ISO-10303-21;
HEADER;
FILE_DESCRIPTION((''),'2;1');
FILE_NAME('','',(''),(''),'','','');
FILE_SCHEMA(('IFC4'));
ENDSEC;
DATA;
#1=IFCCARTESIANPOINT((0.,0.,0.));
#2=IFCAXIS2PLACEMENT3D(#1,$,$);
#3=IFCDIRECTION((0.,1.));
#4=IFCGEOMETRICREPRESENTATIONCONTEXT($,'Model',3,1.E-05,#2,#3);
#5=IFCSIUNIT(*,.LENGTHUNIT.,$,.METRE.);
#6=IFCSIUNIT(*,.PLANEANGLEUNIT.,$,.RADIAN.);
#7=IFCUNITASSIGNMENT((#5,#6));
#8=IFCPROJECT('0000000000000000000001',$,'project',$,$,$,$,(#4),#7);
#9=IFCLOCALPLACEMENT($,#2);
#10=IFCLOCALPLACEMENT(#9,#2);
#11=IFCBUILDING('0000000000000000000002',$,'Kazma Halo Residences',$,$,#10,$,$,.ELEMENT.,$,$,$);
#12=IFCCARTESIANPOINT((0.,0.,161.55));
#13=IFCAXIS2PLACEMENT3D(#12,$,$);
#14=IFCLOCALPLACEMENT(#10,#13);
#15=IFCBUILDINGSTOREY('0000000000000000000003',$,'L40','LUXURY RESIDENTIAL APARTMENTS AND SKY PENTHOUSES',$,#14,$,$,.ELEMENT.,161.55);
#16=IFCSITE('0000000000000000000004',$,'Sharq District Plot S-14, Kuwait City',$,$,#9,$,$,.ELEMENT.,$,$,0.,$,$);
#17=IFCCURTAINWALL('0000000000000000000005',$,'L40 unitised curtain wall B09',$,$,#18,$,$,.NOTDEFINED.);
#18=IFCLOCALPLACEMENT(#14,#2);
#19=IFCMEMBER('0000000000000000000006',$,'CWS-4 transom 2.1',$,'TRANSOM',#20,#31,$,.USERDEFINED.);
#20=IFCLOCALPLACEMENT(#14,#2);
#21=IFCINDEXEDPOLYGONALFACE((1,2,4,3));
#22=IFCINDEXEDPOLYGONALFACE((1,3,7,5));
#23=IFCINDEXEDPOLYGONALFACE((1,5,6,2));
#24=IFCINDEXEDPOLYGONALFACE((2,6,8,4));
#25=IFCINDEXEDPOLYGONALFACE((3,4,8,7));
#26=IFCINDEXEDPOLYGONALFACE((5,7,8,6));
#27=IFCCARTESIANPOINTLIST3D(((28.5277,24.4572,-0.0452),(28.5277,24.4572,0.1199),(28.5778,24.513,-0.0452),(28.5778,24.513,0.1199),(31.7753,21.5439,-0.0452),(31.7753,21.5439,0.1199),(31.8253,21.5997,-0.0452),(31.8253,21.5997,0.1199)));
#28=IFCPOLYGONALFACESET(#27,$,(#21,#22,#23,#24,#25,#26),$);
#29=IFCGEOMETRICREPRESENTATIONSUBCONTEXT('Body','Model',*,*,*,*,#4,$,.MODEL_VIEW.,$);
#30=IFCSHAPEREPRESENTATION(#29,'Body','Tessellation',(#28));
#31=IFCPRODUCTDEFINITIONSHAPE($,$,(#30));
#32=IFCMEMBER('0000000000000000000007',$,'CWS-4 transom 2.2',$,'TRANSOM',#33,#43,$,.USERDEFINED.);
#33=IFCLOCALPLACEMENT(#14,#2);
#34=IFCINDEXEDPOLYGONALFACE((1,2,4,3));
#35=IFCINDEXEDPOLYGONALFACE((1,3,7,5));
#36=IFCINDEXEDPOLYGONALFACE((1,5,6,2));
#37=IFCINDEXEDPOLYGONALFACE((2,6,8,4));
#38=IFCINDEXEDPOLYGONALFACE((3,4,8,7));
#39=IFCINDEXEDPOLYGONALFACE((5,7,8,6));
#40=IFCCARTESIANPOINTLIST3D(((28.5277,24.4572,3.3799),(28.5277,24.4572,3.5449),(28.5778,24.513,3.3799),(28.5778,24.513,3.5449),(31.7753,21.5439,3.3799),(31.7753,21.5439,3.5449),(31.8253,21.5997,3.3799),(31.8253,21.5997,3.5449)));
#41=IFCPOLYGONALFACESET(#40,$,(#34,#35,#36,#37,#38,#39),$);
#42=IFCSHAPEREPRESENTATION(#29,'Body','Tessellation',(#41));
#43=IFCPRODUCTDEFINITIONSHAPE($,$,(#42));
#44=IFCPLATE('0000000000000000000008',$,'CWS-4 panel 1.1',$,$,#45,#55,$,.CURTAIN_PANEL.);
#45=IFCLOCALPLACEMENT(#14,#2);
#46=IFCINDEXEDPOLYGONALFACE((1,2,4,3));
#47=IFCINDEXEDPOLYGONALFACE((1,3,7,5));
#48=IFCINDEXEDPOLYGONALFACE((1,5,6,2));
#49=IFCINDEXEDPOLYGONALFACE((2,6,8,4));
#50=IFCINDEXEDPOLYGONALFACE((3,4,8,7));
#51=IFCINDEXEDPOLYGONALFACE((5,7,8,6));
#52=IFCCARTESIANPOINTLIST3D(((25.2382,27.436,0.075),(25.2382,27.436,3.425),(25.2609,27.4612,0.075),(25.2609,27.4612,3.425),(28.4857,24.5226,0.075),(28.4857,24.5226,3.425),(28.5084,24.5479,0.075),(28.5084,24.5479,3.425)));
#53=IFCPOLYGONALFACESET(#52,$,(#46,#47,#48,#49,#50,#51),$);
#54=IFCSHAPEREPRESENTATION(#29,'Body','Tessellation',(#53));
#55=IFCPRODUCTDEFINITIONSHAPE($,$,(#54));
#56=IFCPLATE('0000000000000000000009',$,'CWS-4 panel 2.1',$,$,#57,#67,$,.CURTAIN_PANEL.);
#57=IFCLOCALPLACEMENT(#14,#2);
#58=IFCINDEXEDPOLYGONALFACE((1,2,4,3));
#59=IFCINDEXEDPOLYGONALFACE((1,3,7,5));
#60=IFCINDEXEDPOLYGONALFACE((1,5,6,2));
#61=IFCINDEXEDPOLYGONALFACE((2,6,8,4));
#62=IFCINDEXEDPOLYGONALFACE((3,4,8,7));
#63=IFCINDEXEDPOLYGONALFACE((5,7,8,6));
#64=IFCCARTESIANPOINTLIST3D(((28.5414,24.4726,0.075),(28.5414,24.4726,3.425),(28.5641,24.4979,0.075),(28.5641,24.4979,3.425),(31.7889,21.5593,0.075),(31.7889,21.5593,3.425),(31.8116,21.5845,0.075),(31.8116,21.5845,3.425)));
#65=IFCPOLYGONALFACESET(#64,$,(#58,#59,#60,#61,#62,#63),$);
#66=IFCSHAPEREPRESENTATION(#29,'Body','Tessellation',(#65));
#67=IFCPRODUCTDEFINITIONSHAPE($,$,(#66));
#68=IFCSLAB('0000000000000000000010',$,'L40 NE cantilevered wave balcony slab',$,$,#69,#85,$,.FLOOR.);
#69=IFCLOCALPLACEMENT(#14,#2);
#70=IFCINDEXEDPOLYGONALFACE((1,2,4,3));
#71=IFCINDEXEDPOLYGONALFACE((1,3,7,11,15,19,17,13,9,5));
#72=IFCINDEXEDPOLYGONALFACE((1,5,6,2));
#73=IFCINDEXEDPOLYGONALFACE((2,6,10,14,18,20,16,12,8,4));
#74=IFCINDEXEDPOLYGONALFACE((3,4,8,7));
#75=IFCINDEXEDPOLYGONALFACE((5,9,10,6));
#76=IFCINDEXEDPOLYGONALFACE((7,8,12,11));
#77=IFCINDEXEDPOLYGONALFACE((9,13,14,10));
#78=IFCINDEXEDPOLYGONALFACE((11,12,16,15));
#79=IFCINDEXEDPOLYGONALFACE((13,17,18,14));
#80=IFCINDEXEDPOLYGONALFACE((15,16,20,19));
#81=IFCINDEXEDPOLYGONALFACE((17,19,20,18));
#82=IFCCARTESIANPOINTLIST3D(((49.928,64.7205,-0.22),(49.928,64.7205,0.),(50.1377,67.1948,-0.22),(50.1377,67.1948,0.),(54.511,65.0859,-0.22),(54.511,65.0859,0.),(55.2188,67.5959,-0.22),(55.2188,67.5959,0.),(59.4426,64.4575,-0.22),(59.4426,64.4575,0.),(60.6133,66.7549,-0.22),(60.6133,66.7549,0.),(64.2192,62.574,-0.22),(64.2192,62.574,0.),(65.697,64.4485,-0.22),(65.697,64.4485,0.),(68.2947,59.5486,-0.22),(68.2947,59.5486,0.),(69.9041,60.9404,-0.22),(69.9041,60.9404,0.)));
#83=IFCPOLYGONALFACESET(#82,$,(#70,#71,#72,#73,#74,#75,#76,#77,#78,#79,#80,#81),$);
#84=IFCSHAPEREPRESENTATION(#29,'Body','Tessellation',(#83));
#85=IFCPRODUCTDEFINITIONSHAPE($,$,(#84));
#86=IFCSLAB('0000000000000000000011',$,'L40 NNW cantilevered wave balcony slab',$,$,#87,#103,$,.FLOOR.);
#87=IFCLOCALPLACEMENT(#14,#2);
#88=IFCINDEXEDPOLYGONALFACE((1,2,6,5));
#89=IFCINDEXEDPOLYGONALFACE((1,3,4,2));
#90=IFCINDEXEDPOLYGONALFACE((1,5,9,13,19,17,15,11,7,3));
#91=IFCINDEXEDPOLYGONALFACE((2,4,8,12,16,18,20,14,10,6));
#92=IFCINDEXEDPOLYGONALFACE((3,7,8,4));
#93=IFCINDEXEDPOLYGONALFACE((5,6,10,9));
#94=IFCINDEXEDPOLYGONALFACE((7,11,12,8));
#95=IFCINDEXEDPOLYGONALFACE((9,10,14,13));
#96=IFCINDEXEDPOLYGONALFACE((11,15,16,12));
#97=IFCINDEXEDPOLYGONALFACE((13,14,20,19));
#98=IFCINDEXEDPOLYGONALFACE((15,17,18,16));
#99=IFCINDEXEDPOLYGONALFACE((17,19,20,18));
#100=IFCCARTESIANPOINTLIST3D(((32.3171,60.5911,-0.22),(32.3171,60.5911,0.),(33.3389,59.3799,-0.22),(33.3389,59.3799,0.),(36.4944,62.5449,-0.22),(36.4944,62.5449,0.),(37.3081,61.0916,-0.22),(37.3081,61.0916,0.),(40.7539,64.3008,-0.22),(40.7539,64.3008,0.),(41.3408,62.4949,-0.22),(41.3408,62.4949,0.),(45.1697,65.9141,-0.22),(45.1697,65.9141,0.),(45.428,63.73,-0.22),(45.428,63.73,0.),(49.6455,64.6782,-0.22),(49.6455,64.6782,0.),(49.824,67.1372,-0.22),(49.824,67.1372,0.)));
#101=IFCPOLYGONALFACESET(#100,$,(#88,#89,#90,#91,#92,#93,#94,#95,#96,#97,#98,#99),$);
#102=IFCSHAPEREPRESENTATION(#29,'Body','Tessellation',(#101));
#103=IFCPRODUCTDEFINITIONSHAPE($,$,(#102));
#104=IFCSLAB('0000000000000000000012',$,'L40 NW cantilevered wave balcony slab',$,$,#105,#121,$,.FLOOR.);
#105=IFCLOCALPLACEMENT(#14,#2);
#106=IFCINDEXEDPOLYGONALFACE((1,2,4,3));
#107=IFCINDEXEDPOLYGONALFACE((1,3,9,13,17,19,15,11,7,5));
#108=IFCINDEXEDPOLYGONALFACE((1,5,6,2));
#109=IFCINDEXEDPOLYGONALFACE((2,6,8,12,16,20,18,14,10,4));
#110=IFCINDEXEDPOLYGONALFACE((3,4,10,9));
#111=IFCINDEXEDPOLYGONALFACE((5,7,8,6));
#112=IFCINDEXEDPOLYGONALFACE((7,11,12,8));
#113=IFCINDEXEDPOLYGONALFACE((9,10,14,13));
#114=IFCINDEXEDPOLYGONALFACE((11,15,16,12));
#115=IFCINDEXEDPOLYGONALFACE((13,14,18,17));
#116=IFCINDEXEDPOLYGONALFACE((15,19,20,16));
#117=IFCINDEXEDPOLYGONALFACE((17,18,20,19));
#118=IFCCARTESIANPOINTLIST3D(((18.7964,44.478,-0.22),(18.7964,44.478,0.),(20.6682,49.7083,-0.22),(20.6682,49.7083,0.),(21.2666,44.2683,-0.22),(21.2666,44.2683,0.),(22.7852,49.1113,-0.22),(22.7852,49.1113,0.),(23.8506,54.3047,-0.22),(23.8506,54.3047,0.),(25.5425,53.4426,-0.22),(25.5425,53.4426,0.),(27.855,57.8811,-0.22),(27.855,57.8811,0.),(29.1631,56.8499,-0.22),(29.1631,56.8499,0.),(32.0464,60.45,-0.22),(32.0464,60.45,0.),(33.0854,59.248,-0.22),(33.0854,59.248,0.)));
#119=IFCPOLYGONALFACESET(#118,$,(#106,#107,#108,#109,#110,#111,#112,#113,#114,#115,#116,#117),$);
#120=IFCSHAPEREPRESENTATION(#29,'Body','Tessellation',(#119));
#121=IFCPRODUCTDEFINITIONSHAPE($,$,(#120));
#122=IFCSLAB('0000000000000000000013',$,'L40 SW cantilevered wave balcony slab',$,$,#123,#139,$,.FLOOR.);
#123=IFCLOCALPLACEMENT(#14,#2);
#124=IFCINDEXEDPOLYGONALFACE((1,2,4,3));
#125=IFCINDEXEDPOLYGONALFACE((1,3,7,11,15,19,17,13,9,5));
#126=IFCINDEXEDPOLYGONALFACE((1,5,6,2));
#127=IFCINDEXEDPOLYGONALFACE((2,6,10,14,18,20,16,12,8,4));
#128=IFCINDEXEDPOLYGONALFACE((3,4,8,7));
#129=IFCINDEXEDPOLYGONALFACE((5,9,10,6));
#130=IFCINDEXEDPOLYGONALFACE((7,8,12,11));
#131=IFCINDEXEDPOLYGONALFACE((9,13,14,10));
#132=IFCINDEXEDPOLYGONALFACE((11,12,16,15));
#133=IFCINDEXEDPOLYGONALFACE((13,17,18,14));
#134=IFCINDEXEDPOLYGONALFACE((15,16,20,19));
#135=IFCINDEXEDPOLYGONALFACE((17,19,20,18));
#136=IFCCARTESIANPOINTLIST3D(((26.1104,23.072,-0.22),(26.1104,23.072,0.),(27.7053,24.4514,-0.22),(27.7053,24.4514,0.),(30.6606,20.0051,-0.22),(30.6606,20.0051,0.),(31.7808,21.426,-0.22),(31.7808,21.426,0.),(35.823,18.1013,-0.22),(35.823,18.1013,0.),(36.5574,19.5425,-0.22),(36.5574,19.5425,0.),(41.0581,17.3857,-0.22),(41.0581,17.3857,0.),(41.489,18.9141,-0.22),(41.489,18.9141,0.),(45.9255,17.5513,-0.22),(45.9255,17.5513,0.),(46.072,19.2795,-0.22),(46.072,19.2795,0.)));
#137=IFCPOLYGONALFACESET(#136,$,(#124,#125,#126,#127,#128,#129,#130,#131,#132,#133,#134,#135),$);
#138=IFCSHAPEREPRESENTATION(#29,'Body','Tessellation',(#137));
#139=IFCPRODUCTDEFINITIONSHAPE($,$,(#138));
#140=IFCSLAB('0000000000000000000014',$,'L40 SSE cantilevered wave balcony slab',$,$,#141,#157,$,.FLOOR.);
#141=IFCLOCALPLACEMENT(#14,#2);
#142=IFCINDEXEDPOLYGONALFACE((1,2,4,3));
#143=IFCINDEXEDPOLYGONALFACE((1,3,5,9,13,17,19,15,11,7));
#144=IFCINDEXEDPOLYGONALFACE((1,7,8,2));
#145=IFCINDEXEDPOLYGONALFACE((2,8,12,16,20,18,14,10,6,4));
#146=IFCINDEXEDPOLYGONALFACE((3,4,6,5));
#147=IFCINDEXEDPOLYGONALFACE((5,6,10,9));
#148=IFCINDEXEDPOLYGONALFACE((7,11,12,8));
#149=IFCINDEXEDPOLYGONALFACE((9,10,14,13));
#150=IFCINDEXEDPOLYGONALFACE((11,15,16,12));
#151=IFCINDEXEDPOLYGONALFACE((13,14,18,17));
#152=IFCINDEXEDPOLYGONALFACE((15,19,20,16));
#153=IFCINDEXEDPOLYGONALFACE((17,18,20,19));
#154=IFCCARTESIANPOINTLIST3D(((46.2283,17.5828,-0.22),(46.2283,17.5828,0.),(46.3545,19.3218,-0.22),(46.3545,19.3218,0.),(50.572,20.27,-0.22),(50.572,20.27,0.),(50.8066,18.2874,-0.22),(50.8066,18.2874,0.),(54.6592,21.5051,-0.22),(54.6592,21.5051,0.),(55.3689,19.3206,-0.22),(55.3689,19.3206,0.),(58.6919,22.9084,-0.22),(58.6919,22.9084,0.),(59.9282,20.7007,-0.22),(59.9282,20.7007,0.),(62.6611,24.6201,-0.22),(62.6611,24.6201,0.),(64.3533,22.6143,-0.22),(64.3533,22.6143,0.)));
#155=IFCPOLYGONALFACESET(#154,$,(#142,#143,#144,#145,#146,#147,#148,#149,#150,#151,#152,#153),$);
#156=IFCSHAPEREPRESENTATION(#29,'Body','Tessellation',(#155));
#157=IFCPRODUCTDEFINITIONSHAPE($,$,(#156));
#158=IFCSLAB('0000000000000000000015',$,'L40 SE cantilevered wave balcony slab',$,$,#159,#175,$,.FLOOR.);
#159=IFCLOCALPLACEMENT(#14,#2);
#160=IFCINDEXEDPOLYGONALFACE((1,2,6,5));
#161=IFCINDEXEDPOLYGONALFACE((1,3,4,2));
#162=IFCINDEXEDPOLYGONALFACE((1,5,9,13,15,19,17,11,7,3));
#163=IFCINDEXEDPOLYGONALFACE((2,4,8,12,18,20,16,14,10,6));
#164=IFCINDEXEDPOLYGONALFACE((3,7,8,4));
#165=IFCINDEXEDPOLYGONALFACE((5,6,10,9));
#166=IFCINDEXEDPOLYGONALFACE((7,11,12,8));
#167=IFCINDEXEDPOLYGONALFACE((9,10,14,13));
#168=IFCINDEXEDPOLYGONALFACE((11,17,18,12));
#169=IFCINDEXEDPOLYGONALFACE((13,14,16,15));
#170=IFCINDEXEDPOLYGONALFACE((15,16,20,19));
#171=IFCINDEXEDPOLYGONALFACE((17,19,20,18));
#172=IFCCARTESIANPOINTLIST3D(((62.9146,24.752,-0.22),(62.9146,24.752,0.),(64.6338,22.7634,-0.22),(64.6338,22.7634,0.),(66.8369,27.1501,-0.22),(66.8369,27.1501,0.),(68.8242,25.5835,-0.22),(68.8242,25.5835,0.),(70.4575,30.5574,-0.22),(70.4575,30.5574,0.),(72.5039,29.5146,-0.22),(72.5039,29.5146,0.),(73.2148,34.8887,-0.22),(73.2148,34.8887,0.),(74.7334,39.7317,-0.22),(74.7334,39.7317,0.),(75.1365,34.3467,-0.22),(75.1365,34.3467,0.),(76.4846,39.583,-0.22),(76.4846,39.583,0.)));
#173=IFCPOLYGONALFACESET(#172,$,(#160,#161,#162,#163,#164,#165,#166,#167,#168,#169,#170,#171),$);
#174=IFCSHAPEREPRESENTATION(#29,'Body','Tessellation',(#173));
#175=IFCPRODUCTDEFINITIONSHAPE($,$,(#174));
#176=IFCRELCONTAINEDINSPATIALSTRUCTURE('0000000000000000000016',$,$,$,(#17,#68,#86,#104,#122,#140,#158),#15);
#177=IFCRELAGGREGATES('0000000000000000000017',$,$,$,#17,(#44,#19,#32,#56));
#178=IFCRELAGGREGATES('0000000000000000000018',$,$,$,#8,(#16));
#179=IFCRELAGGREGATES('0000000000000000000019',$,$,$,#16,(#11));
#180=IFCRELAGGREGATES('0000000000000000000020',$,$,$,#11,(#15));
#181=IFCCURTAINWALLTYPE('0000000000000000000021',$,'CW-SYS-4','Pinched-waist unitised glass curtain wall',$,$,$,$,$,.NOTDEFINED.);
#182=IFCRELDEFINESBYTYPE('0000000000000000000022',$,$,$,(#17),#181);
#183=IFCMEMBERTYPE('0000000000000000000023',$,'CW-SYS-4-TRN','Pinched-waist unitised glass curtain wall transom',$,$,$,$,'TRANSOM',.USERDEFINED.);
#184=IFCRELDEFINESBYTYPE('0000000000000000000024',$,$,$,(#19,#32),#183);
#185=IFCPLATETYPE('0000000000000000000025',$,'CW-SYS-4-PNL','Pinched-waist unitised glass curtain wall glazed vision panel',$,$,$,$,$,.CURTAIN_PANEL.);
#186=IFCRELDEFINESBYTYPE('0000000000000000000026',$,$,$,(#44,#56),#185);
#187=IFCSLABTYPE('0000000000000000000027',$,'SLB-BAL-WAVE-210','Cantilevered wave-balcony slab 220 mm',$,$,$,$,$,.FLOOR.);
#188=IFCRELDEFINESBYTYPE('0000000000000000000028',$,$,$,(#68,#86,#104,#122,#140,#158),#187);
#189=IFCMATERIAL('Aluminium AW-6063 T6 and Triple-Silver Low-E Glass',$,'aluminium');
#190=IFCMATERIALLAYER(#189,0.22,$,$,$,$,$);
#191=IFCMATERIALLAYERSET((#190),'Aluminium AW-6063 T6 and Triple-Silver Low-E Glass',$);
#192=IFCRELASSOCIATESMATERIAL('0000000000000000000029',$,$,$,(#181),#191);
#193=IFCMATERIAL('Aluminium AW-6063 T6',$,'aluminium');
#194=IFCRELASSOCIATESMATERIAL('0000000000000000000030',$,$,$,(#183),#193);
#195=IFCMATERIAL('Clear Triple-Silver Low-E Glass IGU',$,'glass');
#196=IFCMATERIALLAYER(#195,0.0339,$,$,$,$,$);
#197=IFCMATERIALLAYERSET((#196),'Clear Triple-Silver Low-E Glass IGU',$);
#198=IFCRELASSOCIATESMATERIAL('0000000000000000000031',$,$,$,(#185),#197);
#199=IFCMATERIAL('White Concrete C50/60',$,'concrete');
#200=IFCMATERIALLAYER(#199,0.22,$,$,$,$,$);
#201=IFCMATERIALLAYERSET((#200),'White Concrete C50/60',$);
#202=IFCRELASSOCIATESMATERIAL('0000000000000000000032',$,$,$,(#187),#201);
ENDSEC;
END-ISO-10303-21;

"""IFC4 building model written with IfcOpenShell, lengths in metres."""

from ifc_helpers import new_model, si_unit, direction, frame, origin, origin_2d, place, context, subcontext, project, spatial, polyline, rectangle, outline, extrude, material, layer, layer_set, material_profile, profile_set, type_object, element, aggregate, save


model = new_model("IFC4")

# Units and contexts
model_context = context("Model", 3, precision=1e-05, world=origin(), true_north=direction((0.0, 1.0)))
body_context = subcontext(model_context, "Body", "Model", "MODEL_VIEW")
ifc_project = project(units=[si_unit("LENGTHUNIT", "METRE"), si_unit("PLANEANGLEUNIT", "RADIAN")], contexts=[model_context])

# Site, building, storey
site_placement = place(None, origin())
site = spatial("IfcSite", under=ifc_project, at=site_placement, Name="Sharq District Plot S-14, Kuwait City", CompositionType="ELEMENT", RefElevation=0.0)
building_placement = place(site_placement, origin())
building = spatial("IfcBuilding", under=site, at=building_placement, Name="Kazma Halo Residences", CompositionType="ELEMENT")
storey_placement = place(building_placement, frame((0.0, 0.0, 161.55)))
storey = spatial("IfcBuildingStorey", under=building, at=storey_placement, Name="L40", Description="LUXURY RESIDENTIAL APARTMENTS AND SKY PENTHOUSES", CompositionType="ELEMENT", Elevation=161.55)

# Curtain wall, members, plates
ifc_material_1 = material(Name="Aluminium AW-6063 T6 and Triple-Silver Low-E Glass", Category="aluminium")
ifc_layer_1 = layer(ifc_material_1, 0.22)
ifc_layer_set_1 = layer_set([ifc_layer_1], Name="Aluminium AW-6063 T6 and Triple-Silver Low-E Glass")
curtain_wall_type = type_object("IfcCurtainWallType", Name="CW-SYS-4", Description="Pinched-waist unitised glass curtain wall", PredefinedType="NOTDEFINED", material=ifc_layer_set_1)
curtain_wall_placement = place(storey_placement, origin())
curtain_wall = element("IfcCurtainWall", 1, at=curtain_wall_placement, inside=storey, type_object=curtain_wall_type, Name="L40 unitised curtain wall B09", PredefinedType="NOTDEFINED")
ifc_material_2 = material(Name="Aluminium AW-6063 T6", Category="aluminium")
ifc_material_profile_1 = material_profile(ifc_material_2, rectangle(XDim=0.075, YDim=0.165, at=origin_2d()), Name="CWT-75x165")
ifc_profile_set_1 = profile_set([ifc_material_profile_1], Name="Aluminium AW-6063 T6")
member_type_1 = type_object("IfcMemberType", Name="CW-SYS-4-TRN", Description="Pinched-waist unitised glass curtain wall transom", ElementType="TRANSOM", PredefinedType="USERDEFINED", material=ifc_profile_set_1)
member_1_placement = place(storey_placement, frame((28.5527, 24.4851, 0.0374), z_axis=(0.744373, -0.667764, 0.0), x_axis=(0.667764, 0.744373, 0.0)))
member_1 = element("IfcMember", 2, at=member_1_placement, type_object=member_type_1, Name="CWS-4 transom 2.1", ObjectType="TRANSOM", PredefinedType="USERDEFINED", context=body_context, shape_type="SweptSolid", body=[
    extrude(rectangle(XDim=0.075, YDim=0.165, at=origin_2d()), origin(), (0.0, 0.0, 1.0), 4.3628),
])
member_2_placement = place(storey_placement, frame((28.5527, 24.4851, 3.4624), z_axis=(0.744373, -0.667764, 0.0), x_axis=(0.667764, 0.744373, 0.0)))
member_2 = element("IfcMember", 3, at=member_2_placement, type_object=member_type_1, Name="CWS-4 transom 2.2", ObjectType="TRANSOM", PredefinedType="USERDEFINED", context=body_context, shape_type="SweptSolid", body=[
    extrude(rectangle(XDim=0.075, YDim=0.165, at=origin_2d()), origin(), (0.0, 0.0, 1.0), 4.3628),
])
ifc_material_3 = material(Name="Clear Triple-Silver Low-E Glass IGU", Category="glass")
ifc_layer_2 = layer(ifc_material_3, 0.0339)
ifc_layer_set_2 = layer_set([ifc_layer_2], Name="Clear Triple-Silver Low-E Glass IGU")
plate_type = type_object("IfcPlateType", Name="CW-SYS-4-PNL", Description="Pinched-waist unitised glass curtain wall glazed vision panel", PredefinedType="CURTAIN_PANEL", material=ifc_layer_set_2)
plate_1_placement = place(storey_placement, frame((26.8733, 25.9919, 0.075), z_axis=(0.0, 0.0, 1.0), x_axis=(0.744368, -0.66777, 0.0)))
plate_1 = element("IfcPlate", 4, at=plate_1_placement, type_object=plate_type, Name="CWS-4 panel 1.1", PredefinedType="CURTAIN_PANEL", context=body_context, shape_type="SweptSolid", body=[
    extrude(rectangle(XDim=4.3628, YDim=0.0339, at=origin_2d()), origin(), (0.0, 0.0, 1.0), 3.3501),
])
plate_2_placement = place(storey_placement, frame((30.1765, 23.0286, 0.075), z_axis=(0.0, 0.0, 1.0), x_axis=(0.744368, -0.66777, 0.0)))
plate_2 = element("IfcPlate", 5, at=plate_2_placement, type_object=plate_type, Name="CWS-4 panel 2.1", PredefinedType="CURTAIN_PANEL", context=body_context, shape_type="SweptSolid", body=[
    extrude(rectangle(XDim=4.3628, YDim=0.0339, at=origin_2d()), origin(), (0.0, 0.0, 1.0), 3.3501),
])
aggregate(curtain_wall, [plate_1, member_1, member_2, plate_2])

# Slabs
ifc_material_4 = material(Name="White Concrete C50/60", Category="concrete")
ifc_layer_3 = layer(ifc_material_4, 0.22)
ifc_layer_set_3 = layer_set([ifc_layer_3], Name="White Concrete C50/60")
slab_type_1 = type_object("IfcSlabType", Name="SLB-BAL-WAVE-210", Description="Cantilevered wave-balcony slab 220 mm", PredefinedType="FLOOR", material=ifc_layer_set_3)
slab_1_placement = place(storey_placement, frame((0.0, 0.0, -0.22)))
element("IfcSlab", 6, at=slab_1_placement, inside=storey, type_object=slab_type_1, Name="L40 NE cantilevered wave balcony slab", PredefinedType="FLOOR", context=body_context, shape_type="SweptSolid", body=[
    extrude(outline(polyline([(68.2947, 59.5486), (64.2192, 62.574), (59.4426, 64.4575), (54.511, 65.0859), (49.928, 64.7205), (50.1377, 67.1948), (55.2188, 67.5959), (60.6133, 66.7549), (65.697, 64.4485), (69.9041, 60.9404), (68.2947, 59.5486)])), origin(), (0.0, 0.0, 1.0), 0.22),
])
slab_2_placement = place(storey_placement, frame((0.0, 0.0, -0.22)))
element("IfcSlab", 7, at=slab_2_placement, inside=storey, type_object=slab_type_1, Name="L40 NNW cantilevered wave balcony slab", PredefinedType="FLOOR", context=body_context, shape_type="SweptSolid", body=[
    extrude(outline(polyline([(49.6455, 64.6782), (45.428, 63.73), (41.3408, 62.4949), (37.3081, 61.0916), (33.3389, 59.3799), (32.3171, 60.5911), (36.4944, 62.5449), (40.7539, 64.3008), (45.1697, 65.9141), (49.824, 67.1372), (49.6455, 64.6782)])), origin(), (0.0, 0.0, 1.0), 0.22),
])
slab_3_placement = place(storey_placement, frame((0.0, 0.0, -0.22)))
element("IfcSlab", 8, at=slab_3_placement, inside=storey, type_object=slab_type_1, Name="L40 NW cantilevered wave balcony slab", PredefinedType="FLOOR", context=body_context, shape_type="SweptSolid", body=[
    extrude(outline(polyline([(33.0854, 59.248), (29.1631, 56.8499), (25.5425, 53.4426), (22.7852, 49.1113), (21.2666, 44.2683), (18.7964, 44.478), (20.6682, 49.7083), (23.8506, 54.3047), (27.855, 57.8811), (32.0464, 60.45), (33.0854, 59.248)])), origin(), (0.0, 0.0, 1.0), 0.22),
])
slab_4_placement = place(storey_placement, frame((0.0, 0.0, -0.22)))
element("IfcSlab", 9, at=slab_4_placement, inside=storey, type_object=slab_type_1, Name="L40 SW cantilevered wave balcony slab", PredefinedType="FLOOR", context=body_context, shape_type="SweptSolid", body=[
    extrude(outline(polyline([(27.7053, 24.4514), (31.7808, 21.426), (36.5574, 19.5425), (41.489, 18.9141), (46.072, 19.2795), (45.9255, 17.5513), (41.0581, 17.3857), (35.823, 18.1013), (30.6606, 20.0051), (26.1104, 23.072), (27.7053, 24.4514)])), origin(), (0.0, 0.0, 1.0), 0.22),
])
slab_5_placement = place(storey_placement, frame((0.0, 0.0, -0.22)))
element("IfcSlab", 10, at=slab_5_placement, inside=storey, type_object=slab_type_1, Name="L40 SSE cantilevered wave balcony slab", PredefinedType="FLOOR", context=body_context, shape_type="SweptSolid", body=[
    extrude(outline(polyline([(46.3545, 19.3218), (50.572, 20.27), (54.6592, 21.5051), (58.6919, 22.9084), (62.6611, 24.6201), (64.3533, 22.6143), (59.9282, 20.7007), (55.3689, 19.3206), (50.8066, 18.2874), (46.2283, 17.5828), (46.3545, 19.3218)])), origin(), (0.0, 0.0, 1.0), 0.22),
])
slab_6_placement = place(storey_placement, frame((0.0, 0.0, -0.22)))
element("IfcSlab", 11, at=slab_6_placement, inside=storey, type_object=slab_type_1, Name="L40 SE cantilevered wave balcony slab", PredefinedType="FLOOR", context=body_context, shape_type="SweptSolid", body=[
    extrude(outline(polyline([(62.9146, 24.752), (66.8369, 27.1501), (70.4575, 30.5574), (73.2148, 34.8887), (74.7334, 39.7317), (76.4846, 39.583), (75.1365, 34.3467), (72.5039, 29.5146), (68.8242, 25.5835), (64.6338, 22.7634), (62.9146, 24.752)])), origin(), (0.0, 0.0, 1.0), 0.22),
])

save(model, "model.ifc")
